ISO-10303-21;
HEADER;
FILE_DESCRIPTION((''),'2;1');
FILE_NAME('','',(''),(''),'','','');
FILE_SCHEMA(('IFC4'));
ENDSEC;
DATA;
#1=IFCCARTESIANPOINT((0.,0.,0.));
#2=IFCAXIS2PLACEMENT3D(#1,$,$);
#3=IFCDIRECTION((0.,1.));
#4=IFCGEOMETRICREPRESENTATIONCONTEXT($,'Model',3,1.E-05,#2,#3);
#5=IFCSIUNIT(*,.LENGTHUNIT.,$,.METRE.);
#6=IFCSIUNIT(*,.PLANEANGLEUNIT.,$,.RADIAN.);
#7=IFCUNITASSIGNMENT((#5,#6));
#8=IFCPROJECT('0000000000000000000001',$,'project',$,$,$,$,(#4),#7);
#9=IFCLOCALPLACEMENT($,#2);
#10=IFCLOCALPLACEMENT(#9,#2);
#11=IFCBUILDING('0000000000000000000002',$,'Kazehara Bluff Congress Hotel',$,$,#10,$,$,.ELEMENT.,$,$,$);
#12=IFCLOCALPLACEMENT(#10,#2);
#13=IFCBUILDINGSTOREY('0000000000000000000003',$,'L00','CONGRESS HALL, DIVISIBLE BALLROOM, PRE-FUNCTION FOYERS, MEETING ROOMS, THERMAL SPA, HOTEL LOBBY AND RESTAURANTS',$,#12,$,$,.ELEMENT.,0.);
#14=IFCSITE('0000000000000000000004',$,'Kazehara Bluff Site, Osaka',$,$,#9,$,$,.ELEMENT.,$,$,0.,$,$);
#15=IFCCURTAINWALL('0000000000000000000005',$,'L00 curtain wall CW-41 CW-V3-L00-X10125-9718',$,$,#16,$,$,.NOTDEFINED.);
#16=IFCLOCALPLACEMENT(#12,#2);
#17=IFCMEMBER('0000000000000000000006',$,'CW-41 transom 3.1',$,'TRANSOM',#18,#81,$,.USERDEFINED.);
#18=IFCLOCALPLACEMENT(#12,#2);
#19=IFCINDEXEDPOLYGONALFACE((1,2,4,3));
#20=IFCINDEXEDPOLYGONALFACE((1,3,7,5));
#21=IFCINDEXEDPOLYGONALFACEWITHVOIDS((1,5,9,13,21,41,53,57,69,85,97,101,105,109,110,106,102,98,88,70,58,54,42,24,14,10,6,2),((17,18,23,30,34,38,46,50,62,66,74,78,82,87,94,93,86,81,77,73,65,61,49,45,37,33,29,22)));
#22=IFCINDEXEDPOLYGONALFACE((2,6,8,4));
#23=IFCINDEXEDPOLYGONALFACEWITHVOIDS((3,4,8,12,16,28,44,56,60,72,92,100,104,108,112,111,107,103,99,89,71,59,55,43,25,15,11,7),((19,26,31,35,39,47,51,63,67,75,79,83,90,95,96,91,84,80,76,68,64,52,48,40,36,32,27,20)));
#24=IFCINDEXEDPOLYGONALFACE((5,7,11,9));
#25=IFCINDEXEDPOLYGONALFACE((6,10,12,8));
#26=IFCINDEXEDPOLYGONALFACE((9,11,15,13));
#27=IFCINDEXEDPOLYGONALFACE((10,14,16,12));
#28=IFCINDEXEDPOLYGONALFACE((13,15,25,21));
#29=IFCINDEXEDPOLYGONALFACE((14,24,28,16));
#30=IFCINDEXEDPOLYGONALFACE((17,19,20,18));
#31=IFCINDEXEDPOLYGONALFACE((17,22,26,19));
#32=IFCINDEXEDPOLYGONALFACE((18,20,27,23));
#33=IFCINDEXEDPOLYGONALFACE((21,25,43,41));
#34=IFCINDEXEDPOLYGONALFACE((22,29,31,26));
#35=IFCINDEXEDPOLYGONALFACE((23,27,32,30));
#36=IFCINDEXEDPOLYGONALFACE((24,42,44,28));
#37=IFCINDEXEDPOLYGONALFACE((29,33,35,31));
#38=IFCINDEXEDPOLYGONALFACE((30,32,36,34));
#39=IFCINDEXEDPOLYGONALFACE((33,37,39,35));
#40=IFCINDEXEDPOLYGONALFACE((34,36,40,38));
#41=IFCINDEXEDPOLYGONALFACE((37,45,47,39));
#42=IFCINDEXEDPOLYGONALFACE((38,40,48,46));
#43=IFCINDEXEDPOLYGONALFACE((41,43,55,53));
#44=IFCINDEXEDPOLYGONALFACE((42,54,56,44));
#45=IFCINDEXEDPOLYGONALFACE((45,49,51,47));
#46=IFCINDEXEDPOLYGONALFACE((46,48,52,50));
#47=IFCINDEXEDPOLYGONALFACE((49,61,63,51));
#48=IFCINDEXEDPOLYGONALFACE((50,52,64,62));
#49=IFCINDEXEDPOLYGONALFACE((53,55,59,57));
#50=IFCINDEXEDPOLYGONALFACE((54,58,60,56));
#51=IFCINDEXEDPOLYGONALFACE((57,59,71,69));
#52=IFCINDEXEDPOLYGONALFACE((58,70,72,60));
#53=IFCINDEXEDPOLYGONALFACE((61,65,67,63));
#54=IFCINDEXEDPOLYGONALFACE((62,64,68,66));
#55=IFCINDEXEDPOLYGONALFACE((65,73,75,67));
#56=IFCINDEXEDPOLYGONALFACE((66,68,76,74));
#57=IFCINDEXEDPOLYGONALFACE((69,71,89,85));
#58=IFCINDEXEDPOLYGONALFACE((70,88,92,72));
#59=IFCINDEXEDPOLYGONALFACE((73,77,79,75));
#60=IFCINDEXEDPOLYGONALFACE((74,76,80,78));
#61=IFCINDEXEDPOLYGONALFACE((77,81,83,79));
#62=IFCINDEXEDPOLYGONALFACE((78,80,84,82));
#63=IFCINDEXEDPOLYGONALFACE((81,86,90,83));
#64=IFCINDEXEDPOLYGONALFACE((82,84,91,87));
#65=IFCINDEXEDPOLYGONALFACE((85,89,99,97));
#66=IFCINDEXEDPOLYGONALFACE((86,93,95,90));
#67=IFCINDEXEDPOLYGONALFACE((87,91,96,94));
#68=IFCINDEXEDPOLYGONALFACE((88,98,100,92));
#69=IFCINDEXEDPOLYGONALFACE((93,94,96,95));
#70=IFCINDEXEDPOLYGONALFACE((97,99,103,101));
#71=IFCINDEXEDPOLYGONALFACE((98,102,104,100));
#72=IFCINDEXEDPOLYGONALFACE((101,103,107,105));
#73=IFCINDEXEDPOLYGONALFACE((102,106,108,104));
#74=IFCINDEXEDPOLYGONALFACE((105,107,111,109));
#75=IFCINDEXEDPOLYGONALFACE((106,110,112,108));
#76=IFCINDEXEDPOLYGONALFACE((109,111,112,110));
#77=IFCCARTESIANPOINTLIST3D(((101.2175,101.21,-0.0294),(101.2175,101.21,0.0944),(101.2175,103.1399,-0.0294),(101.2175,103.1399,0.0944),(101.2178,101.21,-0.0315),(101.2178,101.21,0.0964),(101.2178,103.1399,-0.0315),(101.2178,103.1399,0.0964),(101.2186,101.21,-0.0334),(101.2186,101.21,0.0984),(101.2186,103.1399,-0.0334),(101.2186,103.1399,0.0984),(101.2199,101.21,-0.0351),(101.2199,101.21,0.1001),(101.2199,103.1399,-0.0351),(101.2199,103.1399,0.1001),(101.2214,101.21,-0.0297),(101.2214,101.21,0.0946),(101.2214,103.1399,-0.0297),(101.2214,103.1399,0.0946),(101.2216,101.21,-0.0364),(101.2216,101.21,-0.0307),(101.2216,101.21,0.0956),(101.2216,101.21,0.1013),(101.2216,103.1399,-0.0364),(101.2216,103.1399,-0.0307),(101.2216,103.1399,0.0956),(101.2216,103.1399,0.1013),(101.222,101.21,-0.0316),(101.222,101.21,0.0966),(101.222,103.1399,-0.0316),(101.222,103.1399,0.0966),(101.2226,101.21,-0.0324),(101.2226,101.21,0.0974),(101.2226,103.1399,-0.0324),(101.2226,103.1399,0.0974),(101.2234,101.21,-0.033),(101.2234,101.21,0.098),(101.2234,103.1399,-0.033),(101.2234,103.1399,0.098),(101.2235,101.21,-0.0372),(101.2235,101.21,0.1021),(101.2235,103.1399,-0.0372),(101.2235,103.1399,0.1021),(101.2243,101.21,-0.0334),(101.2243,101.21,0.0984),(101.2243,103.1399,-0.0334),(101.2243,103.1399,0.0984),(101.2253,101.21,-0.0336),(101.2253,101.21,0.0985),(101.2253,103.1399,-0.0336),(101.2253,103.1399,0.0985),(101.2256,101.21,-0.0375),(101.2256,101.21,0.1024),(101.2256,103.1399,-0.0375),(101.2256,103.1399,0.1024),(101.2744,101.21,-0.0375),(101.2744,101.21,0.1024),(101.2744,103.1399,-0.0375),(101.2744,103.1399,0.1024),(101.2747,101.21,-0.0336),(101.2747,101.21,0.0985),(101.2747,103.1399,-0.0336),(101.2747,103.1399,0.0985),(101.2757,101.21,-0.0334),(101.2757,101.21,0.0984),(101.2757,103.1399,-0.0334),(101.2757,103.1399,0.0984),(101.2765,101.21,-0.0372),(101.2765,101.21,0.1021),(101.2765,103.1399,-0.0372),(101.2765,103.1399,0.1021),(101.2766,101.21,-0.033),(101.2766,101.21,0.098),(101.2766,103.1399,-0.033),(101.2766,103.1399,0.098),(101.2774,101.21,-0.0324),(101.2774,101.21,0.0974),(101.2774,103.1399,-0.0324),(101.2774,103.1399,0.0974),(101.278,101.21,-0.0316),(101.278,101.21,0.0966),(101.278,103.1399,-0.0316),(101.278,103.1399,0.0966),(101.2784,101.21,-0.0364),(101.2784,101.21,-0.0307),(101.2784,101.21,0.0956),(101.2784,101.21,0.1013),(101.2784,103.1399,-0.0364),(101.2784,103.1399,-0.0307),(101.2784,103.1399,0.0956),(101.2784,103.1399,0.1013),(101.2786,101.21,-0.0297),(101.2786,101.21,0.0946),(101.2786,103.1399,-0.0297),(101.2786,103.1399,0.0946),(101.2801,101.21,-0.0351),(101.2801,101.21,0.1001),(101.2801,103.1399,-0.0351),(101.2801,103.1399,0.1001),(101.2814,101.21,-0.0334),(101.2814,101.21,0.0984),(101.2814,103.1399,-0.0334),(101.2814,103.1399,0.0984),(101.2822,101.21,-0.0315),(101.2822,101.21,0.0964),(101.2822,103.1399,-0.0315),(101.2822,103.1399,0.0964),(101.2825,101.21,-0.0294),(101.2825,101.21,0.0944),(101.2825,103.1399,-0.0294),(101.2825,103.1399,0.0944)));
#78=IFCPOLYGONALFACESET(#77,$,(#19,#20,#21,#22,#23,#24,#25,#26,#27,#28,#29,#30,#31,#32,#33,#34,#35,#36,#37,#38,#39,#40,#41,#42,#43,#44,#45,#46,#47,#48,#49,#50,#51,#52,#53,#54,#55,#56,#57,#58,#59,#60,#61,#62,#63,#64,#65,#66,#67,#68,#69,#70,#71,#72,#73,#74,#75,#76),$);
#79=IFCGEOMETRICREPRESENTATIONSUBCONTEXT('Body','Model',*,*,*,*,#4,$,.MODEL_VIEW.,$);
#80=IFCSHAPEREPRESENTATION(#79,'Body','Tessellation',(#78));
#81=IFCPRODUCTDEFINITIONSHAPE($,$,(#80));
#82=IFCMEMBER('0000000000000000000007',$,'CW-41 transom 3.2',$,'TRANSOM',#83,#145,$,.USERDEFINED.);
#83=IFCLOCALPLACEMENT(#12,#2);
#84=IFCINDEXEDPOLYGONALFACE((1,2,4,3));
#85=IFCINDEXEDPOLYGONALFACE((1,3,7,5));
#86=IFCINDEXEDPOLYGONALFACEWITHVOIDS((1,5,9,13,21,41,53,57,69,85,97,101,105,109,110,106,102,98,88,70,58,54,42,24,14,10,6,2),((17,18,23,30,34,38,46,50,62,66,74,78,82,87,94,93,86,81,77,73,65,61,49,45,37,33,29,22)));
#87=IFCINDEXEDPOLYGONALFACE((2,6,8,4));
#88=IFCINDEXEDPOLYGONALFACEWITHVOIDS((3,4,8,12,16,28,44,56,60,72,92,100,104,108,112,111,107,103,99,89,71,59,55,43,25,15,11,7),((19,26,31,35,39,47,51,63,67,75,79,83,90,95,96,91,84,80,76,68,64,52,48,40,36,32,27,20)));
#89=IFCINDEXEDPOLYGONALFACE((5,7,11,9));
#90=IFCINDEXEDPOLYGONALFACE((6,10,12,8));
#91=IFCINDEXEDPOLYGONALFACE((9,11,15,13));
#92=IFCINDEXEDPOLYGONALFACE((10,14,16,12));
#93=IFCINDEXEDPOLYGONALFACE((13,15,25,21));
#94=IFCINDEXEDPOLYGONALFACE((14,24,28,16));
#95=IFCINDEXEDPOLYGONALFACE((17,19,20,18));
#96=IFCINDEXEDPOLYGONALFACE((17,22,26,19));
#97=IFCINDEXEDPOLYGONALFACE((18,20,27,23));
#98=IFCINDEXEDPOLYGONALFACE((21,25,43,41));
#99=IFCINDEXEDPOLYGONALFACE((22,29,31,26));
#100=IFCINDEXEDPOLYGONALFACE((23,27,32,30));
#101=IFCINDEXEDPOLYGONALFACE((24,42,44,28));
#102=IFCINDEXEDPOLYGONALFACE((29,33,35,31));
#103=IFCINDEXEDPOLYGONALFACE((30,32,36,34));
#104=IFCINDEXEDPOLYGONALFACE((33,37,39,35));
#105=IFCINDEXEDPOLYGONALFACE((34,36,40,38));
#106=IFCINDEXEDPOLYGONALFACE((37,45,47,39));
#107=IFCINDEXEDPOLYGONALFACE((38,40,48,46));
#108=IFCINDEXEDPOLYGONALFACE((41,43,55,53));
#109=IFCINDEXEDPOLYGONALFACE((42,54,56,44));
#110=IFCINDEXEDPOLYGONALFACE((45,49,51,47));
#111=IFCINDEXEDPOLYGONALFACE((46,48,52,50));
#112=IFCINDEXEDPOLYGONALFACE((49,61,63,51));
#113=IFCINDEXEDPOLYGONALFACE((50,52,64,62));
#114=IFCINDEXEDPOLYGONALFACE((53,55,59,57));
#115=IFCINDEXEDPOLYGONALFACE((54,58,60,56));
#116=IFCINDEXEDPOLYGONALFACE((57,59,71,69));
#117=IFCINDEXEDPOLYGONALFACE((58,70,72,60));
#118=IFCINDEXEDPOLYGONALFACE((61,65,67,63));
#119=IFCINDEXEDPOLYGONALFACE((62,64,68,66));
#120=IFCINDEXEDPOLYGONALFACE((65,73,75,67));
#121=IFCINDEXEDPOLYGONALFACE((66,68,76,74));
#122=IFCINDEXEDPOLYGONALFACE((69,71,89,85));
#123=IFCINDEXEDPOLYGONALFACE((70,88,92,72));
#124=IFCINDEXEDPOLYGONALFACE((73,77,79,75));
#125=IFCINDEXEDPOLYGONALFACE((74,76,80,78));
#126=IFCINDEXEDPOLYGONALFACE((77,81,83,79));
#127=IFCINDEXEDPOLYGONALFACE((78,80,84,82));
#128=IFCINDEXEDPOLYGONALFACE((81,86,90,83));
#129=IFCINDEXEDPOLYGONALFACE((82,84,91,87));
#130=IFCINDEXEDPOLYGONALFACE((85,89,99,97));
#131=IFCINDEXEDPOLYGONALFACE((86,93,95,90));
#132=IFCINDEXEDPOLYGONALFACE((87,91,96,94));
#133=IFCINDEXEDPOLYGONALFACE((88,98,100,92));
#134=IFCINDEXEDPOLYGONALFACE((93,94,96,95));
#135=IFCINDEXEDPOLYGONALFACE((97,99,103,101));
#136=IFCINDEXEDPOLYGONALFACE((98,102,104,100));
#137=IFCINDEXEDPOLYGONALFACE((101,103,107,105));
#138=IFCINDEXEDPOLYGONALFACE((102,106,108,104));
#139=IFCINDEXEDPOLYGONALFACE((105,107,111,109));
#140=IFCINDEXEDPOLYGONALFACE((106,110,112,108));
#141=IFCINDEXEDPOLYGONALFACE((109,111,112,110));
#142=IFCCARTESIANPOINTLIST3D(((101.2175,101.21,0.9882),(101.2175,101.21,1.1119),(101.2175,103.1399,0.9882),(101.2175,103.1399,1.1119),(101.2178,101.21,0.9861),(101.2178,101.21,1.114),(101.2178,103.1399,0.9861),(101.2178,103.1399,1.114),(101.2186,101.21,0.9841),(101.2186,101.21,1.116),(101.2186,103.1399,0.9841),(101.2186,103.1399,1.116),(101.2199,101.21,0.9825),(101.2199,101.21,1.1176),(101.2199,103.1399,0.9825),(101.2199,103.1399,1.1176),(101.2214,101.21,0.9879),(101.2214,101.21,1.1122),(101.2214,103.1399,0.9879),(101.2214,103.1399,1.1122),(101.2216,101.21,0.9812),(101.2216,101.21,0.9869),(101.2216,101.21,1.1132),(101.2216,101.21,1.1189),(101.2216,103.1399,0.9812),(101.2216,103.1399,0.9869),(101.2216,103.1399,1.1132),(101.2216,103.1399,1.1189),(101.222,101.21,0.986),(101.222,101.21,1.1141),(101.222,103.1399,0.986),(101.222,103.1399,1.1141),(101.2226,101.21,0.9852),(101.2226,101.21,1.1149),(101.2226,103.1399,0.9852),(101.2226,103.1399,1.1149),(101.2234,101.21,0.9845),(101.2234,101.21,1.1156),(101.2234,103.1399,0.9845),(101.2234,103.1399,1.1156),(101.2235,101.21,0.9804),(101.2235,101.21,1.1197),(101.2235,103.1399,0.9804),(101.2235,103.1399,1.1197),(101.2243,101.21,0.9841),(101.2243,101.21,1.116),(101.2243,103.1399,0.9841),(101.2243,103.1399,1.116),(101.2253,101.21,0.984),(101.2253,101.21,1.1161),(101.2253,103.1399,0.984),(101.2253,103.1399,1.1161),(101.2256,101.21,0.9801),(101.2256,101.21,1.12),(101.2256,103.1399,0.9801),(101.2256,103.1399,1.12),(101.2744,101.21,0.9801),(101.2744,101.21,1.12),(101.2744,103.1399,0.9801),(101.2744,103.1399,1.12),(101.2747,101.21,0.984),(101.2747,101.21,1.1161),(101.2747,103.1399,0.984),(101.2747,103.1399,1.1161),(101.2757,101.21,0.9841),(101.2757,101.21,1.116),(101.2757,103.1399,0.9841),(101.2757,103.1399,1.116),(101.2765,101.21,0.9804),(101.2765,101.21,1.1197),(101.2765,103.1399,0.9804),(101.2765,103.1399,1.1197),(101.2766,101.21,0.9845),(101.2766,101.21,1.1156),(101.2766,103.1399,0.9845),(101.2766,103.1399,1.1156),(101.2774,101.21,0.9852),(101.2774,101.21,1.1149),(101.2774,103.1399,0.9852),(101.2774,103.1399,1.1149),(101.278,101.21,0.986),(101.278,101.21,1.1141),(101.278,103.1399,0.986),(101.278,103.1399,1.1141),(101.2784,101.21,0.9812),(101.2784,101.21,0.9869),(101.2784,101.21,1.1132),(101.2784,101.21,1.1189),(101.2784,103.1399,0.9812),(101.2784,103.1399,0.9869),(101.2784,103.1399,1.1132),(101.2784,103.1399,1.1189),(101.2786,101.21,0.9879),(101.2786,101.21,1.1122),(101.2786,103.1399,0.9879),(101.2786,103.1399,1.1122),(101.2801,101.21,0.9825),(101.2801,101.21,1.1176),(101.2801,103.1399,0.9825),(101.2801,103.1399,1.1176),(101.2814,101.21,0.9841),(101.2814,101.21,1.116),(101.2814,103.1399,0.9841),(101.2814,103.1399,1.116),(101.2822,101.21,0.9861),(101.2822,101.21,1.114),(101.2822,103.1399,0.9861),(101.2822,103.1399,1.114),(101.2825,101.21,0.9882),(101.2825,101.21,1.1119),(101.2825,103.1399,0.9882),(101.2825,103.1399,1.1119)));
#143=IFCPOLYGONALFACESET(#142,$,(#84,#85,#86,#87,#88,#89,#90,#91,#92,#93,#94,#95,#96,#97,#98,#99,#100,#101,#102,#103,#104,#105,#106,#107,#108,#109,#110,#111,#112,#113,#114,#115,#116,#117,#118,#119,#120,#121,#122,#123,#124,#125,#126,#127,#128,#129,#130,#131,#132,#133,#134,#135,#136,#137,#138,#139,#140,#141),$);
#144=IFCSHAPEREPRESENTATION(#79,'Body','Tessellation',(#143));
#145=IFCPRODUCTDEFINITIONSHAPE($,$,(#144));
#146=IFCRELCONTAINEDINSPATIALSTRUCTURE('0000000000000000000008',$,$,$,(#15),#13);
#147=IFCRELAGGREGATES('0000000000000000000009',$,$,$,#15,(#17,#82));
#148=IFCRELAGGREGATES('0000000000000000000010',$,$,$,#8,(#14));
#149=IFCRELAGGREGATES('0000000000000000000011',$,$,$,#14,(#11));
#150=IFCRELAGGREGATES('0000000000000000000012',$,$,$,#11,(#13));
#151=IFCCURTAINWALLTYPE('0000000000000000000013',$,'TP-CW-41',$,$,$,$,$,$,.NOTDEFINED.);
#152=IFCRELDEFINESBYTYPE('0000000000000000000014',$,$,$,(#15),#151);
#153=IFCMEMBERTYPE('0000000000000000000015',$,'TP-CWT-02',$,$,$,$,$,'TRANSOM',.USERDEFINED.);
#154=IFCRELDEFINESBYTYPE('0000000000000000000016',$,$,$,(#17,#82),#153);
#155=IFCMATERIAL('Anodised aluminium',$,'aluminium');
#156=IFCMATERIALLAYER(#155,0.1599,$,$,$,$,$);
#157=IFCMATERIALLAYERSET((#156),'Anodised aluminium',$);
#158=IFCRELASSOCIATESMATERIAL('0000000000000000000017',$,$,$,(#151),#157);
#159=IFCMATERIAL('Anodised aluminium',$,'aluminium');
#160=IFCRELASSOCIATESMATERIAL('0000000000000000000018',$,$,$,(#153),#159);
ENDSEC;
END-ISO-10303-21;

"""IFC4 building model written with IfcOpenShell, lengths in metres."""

from ifc_helpers import new_model, si_unit, direction, frame, origin, origin_2d, place, context, subcontext, project, spatial, hollow_rectangle, extrude, material, layer, layer_set, material_profile, profile_set, type_object, element, aggregate, save


model = new_model("IFC4")

# Units and contexts
model_context = context("Model", 3, precision=1e-05, world=origin(), true_north=direction((0.0, 1.0)))
body_context = subcontext(model_context, "Body", "Model", "MODEL_VIEW")
ifc_project = project(units=[si_unit("LENGTHUNIT", "METRE"), si_unit("PLANEANGLEUNIT", "RADIAN")], contexts=[model_context])

# Site, building, storey
site_placement = place(None, origin())
site = spatial("IfcSite", under=ifc_project, at=site_placement, Name="Kazehara Bluff Site, Osaka", CompositionType="ELEMENT", RefElevation=0.0)
building_placement = place(site_placement, origin())
building = spatial("IfcBuilding", under=site, at=building_placement, Name="Kazehara Bluff Congress Hotel", CompositionType="ELEMENT")
storey_placement = place(building_placement, origin())
storey = spatial("IfcBuildingStorey", under=building, at=storey_placement, Name="L00", Description="CONGRESS HALL, DIVISIBLE BALLROOM, PRE-FUNCTION FOYERS, MEETING ROOMS, THERMAL SPA, HOTEL LOBBY AND RESTAURANTS", CompositionType="ELEMENT", Elevation=0.0)

# Curtain wall
ifc_material_1 = material(Name="Anodised aluminium", Category="aluminium")
ifc_layer_1 = layer(ifc_material_1, 0.1599)
ifc_layer_set_1 = layer_set([ifc_layer_1], Name="Anodised aluminium")
curtain_wall_type_1 = type_object("IfcCurtainWallType", Name="TP-CW-41", PredefinedType="NOTDEFINED", material=ifc_layer_set_1)
curtain_wall_1_placement = place(storey_placement, origin())
curtain_wall_1 = element("IfcCurtainWall", 1, at=curtain_wall_1_placement, inside=storey, type_object=curtain_wall_type_1, Name="L00 curtain wall CW-41 CW-V3-L00-X10125-9718", PredefinedType="NOTDEFINED")

# Members
ifc_material_2 = material(Name="Anodised aluminium", Category="aluminium")
ifc_material_profile_1 = material_profile(ifc_material_2, hollow_rectangle(XDim=0.0649, YDim=0.1399, WallThickness=0.0039, InnerFilletRadius=0.0039, OuterFilletRadius=0.0081, at=origin_2d()))
ifc_profile_set_1 = profile_set([ifc_material_profile_1], Name="Anodised aluminium")
member_type_1 = type_object("IfcMemberType", Name="TP-CWT-02", ElementType="TRANSOM", PredefinedType="USERDEFINED", material=ifc_profile_set_1)
member_1_placement = place(storey_placement, frame((101.25, 101.21, 0.0325), z_axis=(0.0, 1.0, 0.0), x_axis=(-1.0, 0.0, 0.0)))
member_1 = element("IfcMember", 2, at=member_1_placement, type_object=member_type_1, Name="CW-41 transom 3.1", ObjectType="TRANSOM", PredefinedType="USERDEFINED", context=body_context, shape_type="SweptSolid", body=[
    extrude(hollow_rectangle(XDim=0.0649, YDim=0.1399, WallThickness=0.0039, InnerFilletRadius=0.0039, OuterFilletRadius=0.0081, at=origin_2d()), origin(), (0.0, 0.0, 1.0), 1.9299),
])
member_2_placement = place(storey_placement, frame((101.25, 101.21, 1.05), z_axis=(0.0, 1.0, 0.0), x_axis=(-1.0, 0.0, 0.0)))
member_2 = element("IfcMember", 3, at=member_2_placement, type_object=member_type_1, Name="CW-41 transom 3.2", ObjectType="TRANSOM", PredefinedType="USERDEFINED", context=body_context, shape_type="SweptSolid", body=[
    extrude(hollow_rectangle(XDim=0.0649, YDim=0.1399, WallThickness=0.0039, InnerFilletRadius=0.0039, OuterFilletRadius=0.0081, at=origin_2d()), origin(), (0.0, 0.0, 1.0), 1.9299),
])

aggregate(curtain_wall_1, [member_1, member_2])

save(model, "model.ifc")
